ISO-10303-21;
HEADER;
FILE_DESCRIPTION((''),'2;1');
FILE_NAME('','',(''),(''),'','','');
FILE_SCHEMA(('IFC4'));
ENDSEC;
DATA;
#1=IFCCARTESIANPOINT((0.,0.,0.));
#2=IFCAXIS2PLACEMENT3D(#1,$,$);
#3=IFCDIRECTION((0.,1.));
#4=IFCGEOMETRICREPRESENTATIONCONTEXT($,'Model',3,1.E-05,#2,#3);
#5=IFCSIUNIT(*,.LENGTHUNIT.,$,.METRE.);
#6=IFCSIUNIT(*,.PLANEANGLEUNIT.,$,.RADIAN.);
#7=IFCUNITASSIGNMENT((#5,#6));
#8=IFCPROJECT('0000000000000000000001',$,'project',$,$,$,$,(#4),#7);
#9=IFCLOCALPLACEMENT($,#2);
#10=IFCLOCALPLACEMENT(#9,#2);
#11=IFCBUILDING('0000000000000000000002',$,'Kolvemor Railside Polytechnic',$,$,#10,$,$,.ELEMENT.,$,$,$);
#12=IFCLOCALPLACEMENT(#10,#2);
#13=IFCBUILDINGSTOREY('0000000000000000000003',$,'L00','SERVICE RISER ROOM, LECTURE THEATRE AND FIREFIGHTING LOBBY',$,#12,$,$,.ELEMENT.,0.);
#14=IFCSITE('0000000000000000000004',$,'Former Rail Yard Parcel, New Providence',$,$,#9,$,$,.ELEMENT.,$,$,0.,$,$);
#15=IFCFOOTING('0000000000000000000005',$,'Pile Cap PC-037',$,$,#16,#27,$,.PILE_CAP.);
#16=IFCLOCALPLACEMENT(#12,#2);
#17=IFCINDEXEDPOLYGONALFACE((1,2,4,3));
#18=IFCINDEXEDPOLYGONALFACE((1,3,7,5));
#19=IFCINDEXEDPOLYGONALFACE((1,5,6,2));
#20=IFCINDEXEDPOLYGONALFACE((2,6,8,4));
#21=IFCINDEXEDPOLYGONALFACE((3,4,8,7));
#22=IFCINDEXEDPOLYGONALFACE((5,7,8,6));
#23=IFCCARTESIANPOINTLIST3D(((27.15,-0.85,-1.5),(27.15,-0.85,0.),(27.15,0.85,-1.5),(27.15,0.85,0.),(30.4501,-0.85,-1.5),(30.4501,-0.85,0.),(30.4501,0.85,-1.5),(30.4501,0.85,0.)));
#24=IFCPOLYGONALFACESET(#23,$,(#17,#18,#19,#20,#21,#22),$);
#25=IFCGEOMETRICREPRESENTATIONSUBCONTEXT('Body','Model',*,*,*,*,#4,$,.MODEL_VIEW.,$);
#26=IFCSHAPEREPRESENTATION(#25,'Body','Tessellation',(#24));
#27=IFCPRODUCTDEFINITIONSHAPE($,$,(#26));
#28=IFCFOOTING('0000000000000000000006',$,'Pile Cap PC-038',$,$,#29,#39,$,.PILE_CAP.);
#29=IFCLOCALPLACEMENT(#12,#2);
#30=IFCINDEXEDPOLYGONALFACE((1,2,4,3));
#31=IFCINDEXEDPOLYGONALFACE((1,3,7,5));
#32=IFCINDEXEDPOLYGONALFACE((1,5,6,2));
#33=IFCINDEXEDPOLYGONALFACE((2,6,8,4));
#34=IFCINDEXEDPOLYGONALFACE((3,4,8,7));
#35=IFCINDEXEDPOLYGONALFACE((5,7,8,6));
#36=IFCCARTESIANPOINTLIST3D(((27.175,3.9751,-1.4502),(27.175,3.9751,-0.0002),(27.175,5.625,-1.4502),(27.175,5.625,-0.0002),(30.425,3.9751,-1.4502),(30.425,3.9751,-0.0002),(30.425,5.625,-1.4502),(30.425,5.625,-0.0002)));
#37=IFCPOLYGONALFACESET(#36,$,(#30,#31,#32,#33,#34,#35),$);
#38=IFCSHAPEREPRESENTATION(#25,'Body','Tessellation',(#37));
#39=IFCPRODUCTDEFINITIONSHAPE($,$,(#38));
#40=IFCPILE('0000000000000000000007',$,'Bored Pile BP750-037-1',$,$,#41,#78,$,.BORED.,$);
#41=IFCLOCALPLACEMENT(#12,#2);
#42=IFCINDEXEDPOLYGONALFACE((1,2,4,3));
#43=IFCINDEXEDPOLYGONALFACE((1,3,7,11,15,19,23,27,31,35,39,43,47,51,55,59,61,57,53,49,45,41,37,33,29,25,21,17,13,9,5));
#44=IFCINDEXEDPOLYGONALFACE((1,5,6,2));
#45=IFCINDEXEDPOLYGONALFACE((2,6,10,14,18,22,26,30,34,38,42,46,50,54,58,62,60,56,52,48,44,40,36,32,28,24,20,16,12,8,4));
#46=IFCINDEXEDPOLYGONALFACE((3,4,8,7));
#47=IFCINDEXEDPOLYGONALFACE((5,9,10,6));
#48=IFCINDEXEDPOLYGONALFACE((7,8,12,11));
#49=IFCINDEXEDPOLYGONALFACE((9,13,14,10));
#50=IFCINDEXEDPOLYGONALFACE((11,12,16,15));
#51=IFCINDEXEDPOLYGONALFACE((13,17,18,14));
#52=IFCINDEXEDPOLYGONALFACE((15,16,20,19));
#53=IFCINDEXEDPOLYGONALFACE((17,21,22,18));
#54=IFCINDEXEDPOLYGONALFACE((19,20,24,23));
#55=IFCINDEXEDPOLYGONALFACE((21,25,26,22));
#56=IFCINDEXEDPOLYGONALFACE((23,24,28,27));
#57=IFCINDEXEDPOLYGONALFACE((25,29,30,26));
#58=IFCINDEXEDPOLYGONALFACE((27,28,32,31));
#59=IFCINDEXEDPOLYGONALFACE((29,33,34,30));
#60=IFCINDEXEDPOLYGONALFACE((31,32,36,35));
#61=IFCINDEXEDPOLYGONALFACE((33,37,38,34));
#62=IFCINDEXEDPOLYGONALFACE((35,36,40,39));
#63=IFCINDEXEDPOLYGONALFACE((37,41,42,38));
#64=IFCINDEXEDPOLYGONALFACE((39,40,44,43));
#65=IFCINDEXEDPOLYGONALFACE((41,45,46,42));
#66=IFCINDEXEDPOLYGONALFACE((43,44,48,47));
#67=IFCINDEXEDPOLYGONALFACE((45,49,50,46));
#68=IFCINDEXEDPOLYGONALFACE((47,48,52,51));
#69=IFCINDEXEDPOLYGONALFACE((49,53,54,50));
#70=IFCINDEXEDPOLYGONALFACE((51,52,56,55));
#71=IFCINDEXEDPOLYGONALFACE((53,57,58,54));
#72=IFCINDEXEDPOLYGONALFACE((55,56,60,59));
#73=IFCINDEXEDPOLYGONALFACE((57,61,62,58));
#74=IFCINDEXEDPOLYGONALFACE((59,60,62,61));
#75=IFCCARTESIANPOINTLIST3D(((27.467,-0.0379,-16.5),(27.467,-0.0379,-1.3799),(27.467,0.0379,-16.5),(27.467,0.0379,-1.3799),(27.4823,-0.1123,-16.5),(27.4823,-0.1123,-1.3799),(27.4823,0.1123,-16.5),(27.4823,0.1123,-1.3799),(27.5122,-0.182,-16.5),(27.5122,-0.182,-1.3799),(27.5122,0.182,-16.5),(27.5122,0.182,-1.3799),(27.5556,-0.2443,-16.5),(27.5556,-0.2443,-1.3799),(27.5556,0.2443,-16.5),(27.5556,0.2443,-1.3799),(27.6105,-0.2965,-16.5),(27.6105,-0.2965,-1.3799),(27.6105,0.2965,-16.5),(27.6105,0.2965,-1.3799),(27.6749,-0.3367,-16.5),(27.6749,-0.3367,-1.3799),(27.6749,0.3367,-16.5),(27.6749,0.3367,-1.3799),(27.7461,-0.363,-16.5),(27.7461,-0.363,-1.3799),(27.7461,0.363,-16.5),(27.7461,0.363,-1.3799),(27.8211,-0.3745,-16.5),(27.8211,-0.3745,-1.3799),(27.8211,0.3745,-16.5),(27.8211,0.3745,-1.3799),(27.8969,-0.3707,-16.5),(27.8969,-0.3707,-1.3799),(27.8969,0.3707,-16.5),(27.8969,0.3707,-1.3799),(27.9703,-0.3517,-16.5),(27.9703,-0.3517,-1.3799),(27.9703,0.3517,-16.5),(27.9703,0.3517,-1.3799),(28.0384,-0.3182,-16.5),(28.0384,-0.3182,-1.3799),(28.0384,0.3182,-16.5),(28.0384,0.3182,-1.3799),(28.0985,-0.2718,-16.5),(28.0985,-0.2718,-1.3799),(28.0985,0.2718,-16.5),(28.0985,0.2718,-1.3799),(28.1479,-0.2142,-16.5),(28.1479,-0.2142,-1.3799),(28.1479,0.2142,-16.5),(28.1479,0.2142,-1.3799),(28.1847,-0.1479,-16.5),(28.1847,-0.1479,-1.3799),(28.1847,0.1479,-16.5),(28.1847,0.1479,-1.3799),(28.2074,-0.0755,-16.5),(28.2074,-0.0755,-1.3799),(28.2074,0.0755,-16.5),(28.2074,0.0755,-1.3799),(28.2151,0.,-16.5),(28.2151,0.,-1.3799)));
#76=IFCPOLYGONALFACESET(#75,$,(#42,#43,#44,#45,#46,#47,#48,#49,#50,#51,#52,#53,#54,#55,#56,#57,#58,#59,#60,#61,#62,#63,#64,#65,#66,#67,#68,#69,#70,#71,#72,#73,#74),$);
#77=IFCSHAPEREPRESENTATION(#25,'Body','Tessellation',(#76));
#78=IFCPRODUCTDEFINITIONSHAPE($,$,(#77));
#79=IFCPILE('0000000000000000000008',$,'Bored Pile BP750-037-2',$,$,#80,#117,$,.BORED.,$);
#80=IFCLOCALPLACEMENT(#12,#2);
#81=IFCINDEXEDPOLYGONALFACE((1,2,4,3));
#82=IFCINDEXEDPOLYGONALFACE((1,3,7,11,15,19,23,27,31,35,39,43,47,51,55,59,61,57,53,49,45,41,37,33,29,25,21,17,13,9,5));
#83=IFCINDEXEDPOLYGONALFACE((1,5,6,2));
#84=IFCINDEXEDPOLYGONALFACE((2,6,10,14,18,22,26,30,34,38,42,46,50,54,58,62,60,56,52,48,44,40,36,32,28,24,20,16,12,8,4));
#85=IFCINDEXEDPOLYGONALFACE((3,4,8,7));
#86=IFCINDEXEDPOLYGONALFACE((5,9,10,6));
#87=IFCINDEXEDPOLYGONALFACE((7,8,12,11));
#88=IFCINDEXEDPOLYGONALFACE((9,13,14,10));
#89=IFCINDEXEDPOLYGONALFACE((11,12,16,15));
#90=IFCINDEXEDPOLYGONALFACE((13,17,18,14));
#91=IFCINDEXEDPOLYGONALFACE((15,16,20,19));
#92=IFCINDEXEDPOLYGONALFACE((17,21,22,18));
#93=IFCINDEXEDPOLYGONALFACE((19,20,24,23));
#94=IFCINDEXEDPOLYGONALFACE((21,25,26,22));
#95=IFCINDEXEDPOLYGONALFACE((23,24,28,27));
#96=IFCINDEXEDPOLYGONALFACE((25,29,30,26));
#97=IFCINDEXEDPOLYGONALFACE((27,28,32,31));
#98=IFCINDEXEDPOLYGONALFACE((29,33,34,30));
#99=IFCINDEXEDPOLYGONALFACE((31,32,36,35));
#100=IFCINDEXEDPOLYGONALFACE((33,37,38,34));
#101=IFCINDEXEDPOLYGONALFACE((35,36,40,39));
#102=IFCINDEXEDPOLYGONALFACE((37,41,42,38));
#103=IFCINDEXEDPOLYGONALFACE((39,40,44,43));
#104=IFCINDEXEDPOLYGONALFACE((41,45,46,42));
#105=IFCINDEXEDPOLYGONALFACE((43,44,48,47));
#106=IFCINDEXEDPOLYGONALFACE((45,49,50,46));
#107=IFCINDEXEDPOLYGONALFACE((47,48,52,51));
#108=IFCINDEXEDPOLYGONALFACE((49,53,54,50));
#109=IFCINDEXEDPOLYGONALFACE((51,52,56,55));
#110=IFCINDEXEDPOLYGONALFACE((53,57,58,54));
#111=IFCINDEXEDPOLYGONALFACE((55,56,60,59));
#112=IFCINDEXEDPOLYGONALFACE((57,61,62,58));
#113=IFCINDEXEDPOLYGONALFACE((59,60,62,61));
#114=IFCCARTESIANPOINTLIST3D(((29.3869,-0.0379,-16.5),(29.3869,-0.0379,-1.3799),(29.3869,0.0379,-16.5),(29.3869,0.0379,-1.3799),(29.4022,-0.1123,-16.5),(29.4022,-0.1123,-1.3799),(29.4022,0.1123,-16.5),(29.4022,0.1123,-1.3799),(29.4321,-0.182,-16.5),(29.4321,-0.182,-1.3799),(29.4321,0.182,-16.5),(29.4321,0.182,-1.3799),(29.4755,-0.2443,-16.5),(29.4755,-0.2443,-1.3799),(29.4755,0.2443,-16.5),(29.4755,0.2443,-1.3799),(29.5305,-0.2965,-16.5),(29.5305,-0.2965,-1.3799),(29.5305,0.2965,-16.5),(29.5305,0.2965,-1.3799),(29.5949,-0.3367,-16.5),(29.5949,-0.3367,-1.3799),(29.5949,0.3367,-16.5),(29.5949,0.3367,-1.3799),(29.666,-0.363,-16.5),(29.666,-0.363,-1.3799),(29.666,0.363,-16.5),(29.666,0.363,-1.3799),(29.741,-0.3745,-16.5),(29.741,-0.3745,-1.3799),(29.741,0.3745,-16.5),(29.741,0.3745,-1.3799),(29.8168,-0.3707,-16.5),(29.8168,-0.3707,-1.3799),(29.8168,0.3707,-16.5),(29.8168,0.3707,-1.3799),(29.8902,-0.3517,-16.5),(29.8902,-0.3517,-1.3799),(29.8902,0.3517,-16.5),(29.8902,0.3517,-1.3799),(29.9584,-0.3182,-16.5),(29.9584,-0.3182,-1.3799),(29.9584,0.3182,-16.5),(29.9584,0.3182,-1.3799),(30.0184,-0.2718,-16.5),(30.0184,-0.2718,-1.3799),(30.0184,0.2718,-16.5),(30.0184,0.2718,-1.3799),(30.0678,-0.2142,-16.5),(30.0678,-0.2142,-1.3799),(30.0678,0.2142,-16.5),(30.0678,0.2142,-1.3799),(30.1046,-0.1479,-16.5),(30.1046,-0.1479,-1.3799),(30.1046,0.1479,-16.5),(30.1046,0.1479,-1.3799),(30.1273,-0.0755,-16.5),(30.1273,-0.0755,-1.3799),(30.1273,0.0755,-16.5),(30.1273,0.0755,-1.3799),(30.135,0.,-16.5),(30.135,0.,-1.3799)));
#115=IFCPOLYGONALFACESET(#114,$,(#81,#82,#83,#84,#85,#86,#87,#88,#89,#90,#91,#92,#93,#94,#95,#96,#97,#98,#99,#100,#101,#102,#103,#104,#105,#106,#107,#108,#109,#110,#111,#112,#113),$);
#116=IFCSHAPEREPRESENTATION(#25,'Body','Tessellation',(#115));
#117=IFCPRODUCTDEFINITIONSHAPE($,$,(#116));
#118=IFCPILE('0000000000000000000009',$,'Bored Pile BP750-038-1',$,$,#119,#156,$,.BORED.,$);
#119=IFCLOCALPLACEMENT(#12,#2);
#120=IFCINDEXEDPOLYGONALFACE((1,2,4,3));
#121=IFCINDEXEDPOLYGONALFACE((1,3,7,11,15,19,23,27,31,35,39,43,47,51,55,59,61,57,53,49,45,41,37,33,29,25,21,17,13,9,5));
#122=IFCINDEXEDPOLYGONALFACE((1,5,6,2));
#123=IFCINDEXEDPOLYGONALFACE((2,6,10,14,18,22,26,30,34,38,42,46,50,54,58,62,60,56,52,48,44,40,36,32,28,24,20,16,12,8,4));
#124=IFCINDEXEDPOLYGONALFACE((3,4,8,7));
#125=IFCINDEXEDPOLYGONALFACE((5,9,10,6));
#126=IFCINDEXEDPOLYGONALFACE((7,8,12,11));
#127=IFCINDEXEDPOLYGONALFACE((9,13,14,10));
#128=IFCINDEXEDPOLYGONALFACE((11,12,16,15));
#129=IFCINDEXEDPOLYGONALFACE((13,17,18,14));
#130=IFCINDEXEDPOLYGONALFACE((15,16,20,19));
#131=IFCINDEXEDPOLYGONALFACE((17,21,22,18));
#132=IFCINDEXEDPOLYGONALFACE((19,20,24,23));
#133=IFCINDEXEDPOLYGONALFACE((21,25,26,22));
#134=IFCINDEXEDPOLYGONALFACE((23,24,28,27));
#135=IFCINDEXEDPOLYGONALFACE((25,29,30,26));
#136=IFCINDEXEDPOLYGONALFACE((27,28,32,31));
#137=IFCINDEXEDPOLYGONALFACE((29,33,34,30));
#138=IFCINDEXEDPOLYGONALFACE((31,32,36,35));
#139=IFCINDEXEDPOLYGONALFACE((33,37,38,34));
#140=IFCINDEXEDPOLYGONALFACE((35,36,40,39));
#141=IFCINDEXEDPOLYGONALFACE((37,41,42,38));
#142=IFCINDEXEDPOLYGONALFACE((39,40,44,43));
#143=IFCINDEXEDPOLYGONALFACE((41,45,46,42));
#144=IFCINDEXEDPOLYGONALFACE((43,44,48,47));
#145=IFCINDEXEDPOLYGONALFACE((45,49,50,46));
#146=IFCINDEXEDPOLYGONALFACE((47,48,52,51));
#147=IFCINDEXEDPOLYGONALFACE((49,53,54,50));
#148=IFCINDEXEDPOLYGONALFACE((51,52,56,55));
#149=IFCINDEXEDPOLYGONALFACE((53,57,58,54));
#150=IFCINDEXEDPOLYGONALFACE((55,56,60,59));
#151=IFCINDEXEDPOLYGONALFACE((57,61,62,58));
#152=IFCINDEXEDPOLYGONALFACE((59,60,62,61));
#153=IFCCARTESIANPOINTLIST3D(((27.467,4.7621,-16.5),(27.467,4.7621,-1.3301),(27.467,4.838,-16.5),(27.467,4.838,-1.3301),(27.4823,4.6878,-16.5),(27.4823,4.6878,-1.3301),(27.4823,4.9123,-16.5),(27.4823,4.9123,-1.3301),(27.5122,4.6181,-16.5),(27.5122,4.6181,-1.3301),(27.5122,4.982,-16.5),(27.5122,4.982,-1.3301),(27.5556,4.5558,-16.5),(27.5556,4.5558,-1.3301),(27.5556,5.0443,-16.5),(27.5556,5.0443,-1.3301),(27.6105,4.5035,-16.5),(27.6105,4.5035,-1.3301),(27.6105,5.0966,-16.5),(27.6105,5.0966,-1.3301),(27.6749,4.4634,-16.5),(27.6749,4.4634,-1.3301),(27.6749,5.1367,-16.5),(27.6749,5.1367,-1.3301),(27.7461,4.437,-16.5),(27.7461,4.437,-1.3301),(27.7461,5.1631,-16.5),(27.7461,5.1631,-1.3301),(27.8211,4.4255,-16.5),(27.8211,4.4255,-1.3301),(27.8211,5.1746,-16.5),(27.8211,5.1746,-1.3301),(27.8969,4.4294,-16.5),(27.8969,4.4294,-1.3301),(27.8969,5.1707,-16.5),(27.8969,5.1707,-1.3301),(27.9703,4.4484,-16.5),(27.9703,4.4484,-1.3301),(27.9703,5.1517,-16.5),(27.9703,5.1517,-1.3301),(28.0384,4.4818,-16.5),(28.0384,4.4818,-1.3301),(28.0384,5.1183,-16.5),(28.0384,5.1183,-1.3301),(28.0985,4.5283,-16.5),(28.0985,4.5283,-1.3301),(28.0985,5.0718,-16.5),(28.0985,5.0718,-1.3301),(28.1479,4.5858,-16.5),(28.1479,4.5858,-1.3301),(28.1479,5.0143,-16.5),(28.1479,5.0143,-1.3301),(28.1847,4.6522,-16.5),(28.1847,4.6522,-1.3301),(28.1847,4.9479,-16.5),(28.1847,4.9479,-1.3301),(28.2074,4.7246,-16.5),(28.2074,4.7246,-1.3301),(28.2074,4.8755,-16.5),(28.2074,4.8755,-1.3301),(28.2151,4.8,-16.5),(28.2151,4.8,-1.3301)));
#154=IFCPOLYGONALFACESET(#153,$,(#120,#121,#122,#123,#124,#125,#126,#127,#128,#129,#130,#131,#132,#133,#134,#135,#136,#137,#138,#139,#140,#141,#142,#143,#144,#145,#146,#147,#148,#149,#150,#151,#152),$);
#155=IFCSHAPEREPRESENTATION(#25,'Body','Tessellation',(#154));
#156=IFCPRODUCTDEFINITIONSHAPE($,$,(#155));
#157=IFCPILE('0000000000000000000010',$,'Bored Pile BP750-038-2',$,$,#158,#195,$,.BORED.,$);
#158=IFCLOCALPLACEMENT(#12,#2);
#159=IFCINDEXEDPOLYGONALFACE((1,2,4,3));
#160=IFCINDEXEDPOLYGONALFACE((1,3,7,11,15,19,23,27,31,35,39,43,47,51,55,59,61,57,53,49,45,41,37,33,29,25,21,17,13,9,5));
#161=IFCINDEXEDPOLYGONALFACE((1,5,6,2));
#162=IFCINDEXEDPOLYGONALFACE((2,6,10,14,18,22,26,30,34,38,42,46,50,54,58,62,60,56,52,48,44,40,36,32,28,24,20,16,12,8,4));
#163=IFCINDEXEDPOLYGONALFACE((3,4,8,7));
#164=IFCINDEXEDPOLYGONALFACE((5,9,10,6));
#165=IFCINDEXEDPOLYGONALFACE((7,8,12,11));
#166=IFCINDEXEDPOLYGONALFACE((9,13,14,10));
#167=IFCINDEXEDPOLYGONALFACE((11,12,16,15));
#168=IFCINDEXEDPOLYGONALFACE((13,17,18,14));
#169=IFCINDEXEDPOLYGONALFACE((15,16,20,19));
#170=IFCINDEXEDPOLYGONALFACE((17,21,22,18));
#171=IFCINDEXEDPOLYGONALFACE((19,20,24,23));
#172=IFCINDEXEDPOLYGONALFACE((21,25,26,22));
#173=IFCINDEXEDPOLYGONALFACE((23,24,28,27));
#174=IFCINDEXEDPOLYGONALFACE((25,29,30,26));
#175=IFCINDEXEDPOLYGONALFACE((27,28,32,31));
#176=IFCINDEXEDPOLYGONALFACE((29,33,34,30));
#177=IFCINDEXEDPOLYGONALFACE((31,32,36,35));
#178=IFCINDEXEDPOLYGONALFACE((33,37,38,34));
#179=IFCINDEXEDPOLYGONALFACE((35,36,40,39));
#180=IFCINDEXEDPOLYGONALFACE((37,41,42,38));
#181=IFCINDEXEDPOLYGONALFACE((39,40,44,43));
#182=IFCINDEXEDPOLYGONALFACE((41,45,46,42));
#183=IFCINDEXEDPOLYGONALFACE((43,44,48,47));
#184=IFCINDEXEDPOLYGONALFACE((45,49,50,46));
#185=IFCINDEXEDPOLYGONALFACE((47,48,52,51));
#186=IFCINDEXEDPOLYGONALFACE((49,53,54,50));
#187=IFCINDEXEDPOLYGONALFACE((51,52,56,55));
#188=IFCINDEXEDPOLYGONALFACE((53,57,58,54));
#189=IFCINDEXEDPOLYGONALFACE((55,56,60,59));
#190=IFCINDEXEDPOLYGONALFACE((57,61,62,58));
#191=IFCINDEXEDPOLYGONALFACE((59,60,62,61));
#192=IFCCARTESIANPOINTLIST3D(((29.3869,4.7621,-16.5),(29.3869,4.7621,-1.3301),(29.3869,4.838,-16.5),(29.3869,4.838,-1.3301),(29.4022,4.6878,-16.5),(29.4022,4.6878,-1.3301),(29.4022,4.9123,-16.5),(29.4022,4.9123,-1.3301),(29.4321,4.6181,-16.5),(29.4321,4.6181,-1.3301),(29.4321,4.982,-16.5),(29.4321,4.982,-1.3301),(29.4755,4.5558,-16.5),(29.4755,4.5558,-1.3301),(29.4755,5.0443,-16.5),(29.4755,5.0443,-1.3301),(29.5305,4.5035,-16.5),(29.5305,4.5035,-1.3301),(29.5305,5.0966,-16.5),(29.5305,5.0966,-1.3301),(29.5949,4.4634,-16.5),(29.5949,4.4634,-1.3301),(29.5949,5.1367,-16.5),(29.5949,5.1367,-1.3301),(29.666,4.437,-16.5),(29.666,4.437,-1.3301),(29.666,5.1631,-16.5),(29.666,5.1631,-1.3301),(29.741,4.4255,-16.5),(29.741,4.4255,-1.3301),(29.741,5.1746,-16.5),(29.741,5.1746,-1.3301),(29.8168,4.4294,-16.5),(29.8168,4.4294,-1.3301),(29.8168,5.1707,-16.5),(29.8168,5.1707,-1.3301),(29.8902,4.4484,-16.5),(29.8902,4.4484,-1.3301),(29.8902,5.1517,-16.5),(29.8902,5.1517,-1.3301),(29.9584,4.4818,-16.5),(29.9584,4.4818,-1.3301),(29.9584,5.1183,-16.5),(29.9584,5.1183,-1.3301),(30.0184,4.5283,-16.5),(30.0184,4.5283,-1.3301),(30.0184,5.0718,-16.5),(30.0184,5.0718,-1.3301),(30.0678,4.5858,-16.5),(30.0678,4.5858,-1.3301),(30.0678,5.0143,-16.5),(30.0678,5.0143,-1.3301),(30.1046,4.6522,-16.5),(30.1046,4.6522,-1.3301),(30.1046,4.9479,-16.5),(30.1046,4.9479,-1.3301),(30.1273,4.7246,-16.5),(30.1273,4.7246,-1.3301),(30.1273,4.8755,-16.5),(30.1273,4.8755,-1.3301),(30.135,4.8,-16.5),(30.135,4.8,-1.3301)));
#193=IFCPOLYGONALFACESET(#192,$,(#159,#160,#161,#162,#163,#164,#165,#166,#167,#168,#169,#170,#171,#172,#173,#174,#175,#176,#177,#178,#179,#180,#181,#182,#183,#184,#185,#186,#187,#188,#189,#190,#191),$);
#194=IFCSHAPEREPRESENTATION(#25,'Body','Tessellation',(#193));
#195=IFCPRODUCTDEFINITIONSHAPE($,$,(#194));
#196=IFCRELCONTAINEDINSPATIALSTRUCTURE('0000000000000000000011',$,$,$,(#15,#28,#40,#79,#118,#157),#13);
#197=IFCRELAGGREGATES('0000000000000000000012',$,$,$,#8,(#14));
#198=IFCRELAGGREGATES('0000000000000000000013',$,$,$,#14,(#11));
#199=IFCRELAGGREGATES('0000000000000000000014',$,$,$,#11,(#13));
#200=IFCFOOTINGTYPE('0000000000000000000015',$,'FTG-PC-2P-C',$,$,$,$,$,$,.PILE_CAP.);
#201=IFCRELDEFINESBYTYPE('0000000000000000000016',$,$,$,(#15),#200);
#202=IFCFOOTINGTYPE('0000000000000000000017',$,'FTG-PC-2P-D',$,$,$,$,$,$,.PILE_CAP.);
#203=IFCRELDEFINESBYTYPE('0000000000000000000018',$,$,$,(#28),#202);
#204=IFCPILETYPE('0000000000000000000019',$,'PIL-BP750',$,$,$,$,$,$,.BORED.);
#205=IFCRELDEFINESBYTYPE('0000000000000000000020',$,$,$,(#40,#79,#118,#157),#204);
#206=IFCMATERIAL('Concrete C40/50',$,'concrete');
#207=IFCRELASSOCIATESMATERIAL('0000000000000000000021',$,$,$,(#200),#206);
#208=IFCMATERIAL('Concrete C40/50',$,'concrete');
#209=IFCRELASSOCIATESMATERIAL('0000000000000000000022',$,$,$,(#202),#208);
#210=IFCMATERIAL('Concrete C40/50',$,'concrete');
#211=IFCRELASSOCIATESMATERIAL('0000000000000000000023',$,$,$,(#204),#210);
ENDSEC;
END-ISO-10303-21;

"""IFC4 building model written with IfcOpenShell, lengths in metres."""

from ifc_helpers import new_model, si_unit, direction, frame, origin, origin_2d, place, context, subcontext, project, spatial, rectangle, circle, extrude, material, material_profile, profile_set, type_object, element, save


model = new_model("IFC4")

# Units and contexts
model_context = context("Model", 3, precision=1e-05, world=origin(), true_north=direction((0.0, 1.0)))
body_context = subcontext(model_context, "Body", "Model", "MODEL_VIEW")
ifc_project = project(units=[si_unit("LENGTHUNIT", "METRE"), si_unit("PLANEANGLEUNIT", "RADIAN")], contexts=[model_context])

# Site, building, storey
site_placement = place(None, origin())
site = spatial("IfcSite", under=ifc_project, at=site_placement, Name="Former Rail Yard Parcel, New Providence", CompositionType="ELEMENT", RefElevation=0.0)
building_placement = place(site_placement, origin())
building = spatial("IfcBuilding", under=site, at=building_placement, Name="Kolvemor Railside Polytechnic", CompositionType="ELEMENT")
storey_placement = place(building_placement, origin())
storey = spatial("IfcBuildingStorey", under=building, at=storey_placement, Name="L00", Description="SERVICE RISER ROOM, LECTURE THEATRE AND FIREFIGHTING LOBBY", CompositionType="ELEMENT", Elevation=0.0)

# Footings
ifc_material_1 = material(Name="Concrete C40/50", Category="concrete")
footing_type_1 = type_object("IfcFootingType", Name="FTG-PC-2P-C", PredefinedType="PILE_CAP", material=ifc_material_1)
footing_1_placement = place(storey_placement, frame((28.8, 0.0, -1.5), z_axis=(0.0, 0.0, 1.0), x_axis=(1.0, 0.0, 0.0)))
element("IfcFooting", 1, at=footing_1_placement, inside=storey, type_object=footing_type_1, Name="Pile Cap PC-037", PredefinedType="PILE_CAP", context=body_context, shape_type="SweptSolid", body=[
    extrude(rectangle(XDim=3.3, YDim=1.7, at=origin_2d()), origin(), (0.0, 0.0, 1.0), 1.5),
])
ifc_material_2 = material(Name="Concrete C40/50", Category="concrete")
footing_type_2 = type_object("IfcFootingType", Name="FTG-PC-2P-D", PredefinedType="PILE_CAP", material=ifc_material_2)
footing_2_placement = place(storey_placement, frame((28.8, 4.8, -1.4502), z_axis=(0.0, 0.0, 1.0), x_axis=(1.0, 0.0, 0.0)))
element("IfcFooting", 2, at=footing_2_placement, inside=storey, type_object=footing_type_2, Name="Pile Cap PC-038", PredefinedType="PILE_CAP", context=body_context, shape_type="SweptSolid", body=[
    extrude(rectangle(XDim=3.25, YDim=1.6499, at=origin_2d()), origin(), (0.0, 0.0, 1.0), 1.45),
])

# Piles
ifc_material_3 = material(Name="Concrete C40/50", Category="concrete")
ifc_material_profile_1 = material_profile(ifc_material_3, circle(Radius=0.375, at=origin_2d()), Name="BP750")
ifc_profile_set_1 = profile_set([ifc_material_profile_1], Name="Concrete C40/50")
pile_type = type_object("IfcPileType", Name="PIL-BP750", PredefinedType="BORED", material=ifc_profile_set_1)
for number, where, z_axis, x_axis, name in (
    (3, (27.8401, 0.0, -1.3799), (0.0, 0.0, -1.0), (1.0, 0.0, 0.0), "Bored Pile BP750-037-1"),
    (4, (29.76, 0.0, -1.3799), (0.0, 0.0, -1.0), (1.0, 0.0, 0.0), "Bored Pile BP750-037-2"),
):
    element("IfcPile", number, at=place(storey_placement, frame(where, z_axis=z_axis, x_axis=x_axis)), inside=storey, type_object=pile_type, Name=name, PredefinedType="BORED", context=body_context, shape_type="SweptSolid", body=[
        extrude(circle(Radius=0.375, at=origin_2d()), origin(), (0.0, 0.0, 1.0), 15.1201),
    ])
for number, where, z_axis, x_axis, name in (
    (5, (27.8401, 4.8, -1.3301), (0.0, 0.0, -1.0), (1.0, 0.0, 0.0), "Bored Pile BP750-038-1"),
    (6, (29.76, 4.8, -1.3301), (0.0, 0.0, -1.0), (1.0, 0.0, 0.0), "Bored Pile BP750-038-2"),
):
    element("IfcPile", number, at=place(storey_placement, frame(where, z_axis=z_axis, x_axis=x_axis)), inside=storey, type_object=pile_type, Name=name, PredefinedType="BORED", context=body_context, shape_type="SweptSolid", body=[
        extrude(circle(Radius=0.375, at=origin_2d()), origin(), (0.0, 0.0, 1.0), 15.1699),
    ])

save(model, "model.ifc")
